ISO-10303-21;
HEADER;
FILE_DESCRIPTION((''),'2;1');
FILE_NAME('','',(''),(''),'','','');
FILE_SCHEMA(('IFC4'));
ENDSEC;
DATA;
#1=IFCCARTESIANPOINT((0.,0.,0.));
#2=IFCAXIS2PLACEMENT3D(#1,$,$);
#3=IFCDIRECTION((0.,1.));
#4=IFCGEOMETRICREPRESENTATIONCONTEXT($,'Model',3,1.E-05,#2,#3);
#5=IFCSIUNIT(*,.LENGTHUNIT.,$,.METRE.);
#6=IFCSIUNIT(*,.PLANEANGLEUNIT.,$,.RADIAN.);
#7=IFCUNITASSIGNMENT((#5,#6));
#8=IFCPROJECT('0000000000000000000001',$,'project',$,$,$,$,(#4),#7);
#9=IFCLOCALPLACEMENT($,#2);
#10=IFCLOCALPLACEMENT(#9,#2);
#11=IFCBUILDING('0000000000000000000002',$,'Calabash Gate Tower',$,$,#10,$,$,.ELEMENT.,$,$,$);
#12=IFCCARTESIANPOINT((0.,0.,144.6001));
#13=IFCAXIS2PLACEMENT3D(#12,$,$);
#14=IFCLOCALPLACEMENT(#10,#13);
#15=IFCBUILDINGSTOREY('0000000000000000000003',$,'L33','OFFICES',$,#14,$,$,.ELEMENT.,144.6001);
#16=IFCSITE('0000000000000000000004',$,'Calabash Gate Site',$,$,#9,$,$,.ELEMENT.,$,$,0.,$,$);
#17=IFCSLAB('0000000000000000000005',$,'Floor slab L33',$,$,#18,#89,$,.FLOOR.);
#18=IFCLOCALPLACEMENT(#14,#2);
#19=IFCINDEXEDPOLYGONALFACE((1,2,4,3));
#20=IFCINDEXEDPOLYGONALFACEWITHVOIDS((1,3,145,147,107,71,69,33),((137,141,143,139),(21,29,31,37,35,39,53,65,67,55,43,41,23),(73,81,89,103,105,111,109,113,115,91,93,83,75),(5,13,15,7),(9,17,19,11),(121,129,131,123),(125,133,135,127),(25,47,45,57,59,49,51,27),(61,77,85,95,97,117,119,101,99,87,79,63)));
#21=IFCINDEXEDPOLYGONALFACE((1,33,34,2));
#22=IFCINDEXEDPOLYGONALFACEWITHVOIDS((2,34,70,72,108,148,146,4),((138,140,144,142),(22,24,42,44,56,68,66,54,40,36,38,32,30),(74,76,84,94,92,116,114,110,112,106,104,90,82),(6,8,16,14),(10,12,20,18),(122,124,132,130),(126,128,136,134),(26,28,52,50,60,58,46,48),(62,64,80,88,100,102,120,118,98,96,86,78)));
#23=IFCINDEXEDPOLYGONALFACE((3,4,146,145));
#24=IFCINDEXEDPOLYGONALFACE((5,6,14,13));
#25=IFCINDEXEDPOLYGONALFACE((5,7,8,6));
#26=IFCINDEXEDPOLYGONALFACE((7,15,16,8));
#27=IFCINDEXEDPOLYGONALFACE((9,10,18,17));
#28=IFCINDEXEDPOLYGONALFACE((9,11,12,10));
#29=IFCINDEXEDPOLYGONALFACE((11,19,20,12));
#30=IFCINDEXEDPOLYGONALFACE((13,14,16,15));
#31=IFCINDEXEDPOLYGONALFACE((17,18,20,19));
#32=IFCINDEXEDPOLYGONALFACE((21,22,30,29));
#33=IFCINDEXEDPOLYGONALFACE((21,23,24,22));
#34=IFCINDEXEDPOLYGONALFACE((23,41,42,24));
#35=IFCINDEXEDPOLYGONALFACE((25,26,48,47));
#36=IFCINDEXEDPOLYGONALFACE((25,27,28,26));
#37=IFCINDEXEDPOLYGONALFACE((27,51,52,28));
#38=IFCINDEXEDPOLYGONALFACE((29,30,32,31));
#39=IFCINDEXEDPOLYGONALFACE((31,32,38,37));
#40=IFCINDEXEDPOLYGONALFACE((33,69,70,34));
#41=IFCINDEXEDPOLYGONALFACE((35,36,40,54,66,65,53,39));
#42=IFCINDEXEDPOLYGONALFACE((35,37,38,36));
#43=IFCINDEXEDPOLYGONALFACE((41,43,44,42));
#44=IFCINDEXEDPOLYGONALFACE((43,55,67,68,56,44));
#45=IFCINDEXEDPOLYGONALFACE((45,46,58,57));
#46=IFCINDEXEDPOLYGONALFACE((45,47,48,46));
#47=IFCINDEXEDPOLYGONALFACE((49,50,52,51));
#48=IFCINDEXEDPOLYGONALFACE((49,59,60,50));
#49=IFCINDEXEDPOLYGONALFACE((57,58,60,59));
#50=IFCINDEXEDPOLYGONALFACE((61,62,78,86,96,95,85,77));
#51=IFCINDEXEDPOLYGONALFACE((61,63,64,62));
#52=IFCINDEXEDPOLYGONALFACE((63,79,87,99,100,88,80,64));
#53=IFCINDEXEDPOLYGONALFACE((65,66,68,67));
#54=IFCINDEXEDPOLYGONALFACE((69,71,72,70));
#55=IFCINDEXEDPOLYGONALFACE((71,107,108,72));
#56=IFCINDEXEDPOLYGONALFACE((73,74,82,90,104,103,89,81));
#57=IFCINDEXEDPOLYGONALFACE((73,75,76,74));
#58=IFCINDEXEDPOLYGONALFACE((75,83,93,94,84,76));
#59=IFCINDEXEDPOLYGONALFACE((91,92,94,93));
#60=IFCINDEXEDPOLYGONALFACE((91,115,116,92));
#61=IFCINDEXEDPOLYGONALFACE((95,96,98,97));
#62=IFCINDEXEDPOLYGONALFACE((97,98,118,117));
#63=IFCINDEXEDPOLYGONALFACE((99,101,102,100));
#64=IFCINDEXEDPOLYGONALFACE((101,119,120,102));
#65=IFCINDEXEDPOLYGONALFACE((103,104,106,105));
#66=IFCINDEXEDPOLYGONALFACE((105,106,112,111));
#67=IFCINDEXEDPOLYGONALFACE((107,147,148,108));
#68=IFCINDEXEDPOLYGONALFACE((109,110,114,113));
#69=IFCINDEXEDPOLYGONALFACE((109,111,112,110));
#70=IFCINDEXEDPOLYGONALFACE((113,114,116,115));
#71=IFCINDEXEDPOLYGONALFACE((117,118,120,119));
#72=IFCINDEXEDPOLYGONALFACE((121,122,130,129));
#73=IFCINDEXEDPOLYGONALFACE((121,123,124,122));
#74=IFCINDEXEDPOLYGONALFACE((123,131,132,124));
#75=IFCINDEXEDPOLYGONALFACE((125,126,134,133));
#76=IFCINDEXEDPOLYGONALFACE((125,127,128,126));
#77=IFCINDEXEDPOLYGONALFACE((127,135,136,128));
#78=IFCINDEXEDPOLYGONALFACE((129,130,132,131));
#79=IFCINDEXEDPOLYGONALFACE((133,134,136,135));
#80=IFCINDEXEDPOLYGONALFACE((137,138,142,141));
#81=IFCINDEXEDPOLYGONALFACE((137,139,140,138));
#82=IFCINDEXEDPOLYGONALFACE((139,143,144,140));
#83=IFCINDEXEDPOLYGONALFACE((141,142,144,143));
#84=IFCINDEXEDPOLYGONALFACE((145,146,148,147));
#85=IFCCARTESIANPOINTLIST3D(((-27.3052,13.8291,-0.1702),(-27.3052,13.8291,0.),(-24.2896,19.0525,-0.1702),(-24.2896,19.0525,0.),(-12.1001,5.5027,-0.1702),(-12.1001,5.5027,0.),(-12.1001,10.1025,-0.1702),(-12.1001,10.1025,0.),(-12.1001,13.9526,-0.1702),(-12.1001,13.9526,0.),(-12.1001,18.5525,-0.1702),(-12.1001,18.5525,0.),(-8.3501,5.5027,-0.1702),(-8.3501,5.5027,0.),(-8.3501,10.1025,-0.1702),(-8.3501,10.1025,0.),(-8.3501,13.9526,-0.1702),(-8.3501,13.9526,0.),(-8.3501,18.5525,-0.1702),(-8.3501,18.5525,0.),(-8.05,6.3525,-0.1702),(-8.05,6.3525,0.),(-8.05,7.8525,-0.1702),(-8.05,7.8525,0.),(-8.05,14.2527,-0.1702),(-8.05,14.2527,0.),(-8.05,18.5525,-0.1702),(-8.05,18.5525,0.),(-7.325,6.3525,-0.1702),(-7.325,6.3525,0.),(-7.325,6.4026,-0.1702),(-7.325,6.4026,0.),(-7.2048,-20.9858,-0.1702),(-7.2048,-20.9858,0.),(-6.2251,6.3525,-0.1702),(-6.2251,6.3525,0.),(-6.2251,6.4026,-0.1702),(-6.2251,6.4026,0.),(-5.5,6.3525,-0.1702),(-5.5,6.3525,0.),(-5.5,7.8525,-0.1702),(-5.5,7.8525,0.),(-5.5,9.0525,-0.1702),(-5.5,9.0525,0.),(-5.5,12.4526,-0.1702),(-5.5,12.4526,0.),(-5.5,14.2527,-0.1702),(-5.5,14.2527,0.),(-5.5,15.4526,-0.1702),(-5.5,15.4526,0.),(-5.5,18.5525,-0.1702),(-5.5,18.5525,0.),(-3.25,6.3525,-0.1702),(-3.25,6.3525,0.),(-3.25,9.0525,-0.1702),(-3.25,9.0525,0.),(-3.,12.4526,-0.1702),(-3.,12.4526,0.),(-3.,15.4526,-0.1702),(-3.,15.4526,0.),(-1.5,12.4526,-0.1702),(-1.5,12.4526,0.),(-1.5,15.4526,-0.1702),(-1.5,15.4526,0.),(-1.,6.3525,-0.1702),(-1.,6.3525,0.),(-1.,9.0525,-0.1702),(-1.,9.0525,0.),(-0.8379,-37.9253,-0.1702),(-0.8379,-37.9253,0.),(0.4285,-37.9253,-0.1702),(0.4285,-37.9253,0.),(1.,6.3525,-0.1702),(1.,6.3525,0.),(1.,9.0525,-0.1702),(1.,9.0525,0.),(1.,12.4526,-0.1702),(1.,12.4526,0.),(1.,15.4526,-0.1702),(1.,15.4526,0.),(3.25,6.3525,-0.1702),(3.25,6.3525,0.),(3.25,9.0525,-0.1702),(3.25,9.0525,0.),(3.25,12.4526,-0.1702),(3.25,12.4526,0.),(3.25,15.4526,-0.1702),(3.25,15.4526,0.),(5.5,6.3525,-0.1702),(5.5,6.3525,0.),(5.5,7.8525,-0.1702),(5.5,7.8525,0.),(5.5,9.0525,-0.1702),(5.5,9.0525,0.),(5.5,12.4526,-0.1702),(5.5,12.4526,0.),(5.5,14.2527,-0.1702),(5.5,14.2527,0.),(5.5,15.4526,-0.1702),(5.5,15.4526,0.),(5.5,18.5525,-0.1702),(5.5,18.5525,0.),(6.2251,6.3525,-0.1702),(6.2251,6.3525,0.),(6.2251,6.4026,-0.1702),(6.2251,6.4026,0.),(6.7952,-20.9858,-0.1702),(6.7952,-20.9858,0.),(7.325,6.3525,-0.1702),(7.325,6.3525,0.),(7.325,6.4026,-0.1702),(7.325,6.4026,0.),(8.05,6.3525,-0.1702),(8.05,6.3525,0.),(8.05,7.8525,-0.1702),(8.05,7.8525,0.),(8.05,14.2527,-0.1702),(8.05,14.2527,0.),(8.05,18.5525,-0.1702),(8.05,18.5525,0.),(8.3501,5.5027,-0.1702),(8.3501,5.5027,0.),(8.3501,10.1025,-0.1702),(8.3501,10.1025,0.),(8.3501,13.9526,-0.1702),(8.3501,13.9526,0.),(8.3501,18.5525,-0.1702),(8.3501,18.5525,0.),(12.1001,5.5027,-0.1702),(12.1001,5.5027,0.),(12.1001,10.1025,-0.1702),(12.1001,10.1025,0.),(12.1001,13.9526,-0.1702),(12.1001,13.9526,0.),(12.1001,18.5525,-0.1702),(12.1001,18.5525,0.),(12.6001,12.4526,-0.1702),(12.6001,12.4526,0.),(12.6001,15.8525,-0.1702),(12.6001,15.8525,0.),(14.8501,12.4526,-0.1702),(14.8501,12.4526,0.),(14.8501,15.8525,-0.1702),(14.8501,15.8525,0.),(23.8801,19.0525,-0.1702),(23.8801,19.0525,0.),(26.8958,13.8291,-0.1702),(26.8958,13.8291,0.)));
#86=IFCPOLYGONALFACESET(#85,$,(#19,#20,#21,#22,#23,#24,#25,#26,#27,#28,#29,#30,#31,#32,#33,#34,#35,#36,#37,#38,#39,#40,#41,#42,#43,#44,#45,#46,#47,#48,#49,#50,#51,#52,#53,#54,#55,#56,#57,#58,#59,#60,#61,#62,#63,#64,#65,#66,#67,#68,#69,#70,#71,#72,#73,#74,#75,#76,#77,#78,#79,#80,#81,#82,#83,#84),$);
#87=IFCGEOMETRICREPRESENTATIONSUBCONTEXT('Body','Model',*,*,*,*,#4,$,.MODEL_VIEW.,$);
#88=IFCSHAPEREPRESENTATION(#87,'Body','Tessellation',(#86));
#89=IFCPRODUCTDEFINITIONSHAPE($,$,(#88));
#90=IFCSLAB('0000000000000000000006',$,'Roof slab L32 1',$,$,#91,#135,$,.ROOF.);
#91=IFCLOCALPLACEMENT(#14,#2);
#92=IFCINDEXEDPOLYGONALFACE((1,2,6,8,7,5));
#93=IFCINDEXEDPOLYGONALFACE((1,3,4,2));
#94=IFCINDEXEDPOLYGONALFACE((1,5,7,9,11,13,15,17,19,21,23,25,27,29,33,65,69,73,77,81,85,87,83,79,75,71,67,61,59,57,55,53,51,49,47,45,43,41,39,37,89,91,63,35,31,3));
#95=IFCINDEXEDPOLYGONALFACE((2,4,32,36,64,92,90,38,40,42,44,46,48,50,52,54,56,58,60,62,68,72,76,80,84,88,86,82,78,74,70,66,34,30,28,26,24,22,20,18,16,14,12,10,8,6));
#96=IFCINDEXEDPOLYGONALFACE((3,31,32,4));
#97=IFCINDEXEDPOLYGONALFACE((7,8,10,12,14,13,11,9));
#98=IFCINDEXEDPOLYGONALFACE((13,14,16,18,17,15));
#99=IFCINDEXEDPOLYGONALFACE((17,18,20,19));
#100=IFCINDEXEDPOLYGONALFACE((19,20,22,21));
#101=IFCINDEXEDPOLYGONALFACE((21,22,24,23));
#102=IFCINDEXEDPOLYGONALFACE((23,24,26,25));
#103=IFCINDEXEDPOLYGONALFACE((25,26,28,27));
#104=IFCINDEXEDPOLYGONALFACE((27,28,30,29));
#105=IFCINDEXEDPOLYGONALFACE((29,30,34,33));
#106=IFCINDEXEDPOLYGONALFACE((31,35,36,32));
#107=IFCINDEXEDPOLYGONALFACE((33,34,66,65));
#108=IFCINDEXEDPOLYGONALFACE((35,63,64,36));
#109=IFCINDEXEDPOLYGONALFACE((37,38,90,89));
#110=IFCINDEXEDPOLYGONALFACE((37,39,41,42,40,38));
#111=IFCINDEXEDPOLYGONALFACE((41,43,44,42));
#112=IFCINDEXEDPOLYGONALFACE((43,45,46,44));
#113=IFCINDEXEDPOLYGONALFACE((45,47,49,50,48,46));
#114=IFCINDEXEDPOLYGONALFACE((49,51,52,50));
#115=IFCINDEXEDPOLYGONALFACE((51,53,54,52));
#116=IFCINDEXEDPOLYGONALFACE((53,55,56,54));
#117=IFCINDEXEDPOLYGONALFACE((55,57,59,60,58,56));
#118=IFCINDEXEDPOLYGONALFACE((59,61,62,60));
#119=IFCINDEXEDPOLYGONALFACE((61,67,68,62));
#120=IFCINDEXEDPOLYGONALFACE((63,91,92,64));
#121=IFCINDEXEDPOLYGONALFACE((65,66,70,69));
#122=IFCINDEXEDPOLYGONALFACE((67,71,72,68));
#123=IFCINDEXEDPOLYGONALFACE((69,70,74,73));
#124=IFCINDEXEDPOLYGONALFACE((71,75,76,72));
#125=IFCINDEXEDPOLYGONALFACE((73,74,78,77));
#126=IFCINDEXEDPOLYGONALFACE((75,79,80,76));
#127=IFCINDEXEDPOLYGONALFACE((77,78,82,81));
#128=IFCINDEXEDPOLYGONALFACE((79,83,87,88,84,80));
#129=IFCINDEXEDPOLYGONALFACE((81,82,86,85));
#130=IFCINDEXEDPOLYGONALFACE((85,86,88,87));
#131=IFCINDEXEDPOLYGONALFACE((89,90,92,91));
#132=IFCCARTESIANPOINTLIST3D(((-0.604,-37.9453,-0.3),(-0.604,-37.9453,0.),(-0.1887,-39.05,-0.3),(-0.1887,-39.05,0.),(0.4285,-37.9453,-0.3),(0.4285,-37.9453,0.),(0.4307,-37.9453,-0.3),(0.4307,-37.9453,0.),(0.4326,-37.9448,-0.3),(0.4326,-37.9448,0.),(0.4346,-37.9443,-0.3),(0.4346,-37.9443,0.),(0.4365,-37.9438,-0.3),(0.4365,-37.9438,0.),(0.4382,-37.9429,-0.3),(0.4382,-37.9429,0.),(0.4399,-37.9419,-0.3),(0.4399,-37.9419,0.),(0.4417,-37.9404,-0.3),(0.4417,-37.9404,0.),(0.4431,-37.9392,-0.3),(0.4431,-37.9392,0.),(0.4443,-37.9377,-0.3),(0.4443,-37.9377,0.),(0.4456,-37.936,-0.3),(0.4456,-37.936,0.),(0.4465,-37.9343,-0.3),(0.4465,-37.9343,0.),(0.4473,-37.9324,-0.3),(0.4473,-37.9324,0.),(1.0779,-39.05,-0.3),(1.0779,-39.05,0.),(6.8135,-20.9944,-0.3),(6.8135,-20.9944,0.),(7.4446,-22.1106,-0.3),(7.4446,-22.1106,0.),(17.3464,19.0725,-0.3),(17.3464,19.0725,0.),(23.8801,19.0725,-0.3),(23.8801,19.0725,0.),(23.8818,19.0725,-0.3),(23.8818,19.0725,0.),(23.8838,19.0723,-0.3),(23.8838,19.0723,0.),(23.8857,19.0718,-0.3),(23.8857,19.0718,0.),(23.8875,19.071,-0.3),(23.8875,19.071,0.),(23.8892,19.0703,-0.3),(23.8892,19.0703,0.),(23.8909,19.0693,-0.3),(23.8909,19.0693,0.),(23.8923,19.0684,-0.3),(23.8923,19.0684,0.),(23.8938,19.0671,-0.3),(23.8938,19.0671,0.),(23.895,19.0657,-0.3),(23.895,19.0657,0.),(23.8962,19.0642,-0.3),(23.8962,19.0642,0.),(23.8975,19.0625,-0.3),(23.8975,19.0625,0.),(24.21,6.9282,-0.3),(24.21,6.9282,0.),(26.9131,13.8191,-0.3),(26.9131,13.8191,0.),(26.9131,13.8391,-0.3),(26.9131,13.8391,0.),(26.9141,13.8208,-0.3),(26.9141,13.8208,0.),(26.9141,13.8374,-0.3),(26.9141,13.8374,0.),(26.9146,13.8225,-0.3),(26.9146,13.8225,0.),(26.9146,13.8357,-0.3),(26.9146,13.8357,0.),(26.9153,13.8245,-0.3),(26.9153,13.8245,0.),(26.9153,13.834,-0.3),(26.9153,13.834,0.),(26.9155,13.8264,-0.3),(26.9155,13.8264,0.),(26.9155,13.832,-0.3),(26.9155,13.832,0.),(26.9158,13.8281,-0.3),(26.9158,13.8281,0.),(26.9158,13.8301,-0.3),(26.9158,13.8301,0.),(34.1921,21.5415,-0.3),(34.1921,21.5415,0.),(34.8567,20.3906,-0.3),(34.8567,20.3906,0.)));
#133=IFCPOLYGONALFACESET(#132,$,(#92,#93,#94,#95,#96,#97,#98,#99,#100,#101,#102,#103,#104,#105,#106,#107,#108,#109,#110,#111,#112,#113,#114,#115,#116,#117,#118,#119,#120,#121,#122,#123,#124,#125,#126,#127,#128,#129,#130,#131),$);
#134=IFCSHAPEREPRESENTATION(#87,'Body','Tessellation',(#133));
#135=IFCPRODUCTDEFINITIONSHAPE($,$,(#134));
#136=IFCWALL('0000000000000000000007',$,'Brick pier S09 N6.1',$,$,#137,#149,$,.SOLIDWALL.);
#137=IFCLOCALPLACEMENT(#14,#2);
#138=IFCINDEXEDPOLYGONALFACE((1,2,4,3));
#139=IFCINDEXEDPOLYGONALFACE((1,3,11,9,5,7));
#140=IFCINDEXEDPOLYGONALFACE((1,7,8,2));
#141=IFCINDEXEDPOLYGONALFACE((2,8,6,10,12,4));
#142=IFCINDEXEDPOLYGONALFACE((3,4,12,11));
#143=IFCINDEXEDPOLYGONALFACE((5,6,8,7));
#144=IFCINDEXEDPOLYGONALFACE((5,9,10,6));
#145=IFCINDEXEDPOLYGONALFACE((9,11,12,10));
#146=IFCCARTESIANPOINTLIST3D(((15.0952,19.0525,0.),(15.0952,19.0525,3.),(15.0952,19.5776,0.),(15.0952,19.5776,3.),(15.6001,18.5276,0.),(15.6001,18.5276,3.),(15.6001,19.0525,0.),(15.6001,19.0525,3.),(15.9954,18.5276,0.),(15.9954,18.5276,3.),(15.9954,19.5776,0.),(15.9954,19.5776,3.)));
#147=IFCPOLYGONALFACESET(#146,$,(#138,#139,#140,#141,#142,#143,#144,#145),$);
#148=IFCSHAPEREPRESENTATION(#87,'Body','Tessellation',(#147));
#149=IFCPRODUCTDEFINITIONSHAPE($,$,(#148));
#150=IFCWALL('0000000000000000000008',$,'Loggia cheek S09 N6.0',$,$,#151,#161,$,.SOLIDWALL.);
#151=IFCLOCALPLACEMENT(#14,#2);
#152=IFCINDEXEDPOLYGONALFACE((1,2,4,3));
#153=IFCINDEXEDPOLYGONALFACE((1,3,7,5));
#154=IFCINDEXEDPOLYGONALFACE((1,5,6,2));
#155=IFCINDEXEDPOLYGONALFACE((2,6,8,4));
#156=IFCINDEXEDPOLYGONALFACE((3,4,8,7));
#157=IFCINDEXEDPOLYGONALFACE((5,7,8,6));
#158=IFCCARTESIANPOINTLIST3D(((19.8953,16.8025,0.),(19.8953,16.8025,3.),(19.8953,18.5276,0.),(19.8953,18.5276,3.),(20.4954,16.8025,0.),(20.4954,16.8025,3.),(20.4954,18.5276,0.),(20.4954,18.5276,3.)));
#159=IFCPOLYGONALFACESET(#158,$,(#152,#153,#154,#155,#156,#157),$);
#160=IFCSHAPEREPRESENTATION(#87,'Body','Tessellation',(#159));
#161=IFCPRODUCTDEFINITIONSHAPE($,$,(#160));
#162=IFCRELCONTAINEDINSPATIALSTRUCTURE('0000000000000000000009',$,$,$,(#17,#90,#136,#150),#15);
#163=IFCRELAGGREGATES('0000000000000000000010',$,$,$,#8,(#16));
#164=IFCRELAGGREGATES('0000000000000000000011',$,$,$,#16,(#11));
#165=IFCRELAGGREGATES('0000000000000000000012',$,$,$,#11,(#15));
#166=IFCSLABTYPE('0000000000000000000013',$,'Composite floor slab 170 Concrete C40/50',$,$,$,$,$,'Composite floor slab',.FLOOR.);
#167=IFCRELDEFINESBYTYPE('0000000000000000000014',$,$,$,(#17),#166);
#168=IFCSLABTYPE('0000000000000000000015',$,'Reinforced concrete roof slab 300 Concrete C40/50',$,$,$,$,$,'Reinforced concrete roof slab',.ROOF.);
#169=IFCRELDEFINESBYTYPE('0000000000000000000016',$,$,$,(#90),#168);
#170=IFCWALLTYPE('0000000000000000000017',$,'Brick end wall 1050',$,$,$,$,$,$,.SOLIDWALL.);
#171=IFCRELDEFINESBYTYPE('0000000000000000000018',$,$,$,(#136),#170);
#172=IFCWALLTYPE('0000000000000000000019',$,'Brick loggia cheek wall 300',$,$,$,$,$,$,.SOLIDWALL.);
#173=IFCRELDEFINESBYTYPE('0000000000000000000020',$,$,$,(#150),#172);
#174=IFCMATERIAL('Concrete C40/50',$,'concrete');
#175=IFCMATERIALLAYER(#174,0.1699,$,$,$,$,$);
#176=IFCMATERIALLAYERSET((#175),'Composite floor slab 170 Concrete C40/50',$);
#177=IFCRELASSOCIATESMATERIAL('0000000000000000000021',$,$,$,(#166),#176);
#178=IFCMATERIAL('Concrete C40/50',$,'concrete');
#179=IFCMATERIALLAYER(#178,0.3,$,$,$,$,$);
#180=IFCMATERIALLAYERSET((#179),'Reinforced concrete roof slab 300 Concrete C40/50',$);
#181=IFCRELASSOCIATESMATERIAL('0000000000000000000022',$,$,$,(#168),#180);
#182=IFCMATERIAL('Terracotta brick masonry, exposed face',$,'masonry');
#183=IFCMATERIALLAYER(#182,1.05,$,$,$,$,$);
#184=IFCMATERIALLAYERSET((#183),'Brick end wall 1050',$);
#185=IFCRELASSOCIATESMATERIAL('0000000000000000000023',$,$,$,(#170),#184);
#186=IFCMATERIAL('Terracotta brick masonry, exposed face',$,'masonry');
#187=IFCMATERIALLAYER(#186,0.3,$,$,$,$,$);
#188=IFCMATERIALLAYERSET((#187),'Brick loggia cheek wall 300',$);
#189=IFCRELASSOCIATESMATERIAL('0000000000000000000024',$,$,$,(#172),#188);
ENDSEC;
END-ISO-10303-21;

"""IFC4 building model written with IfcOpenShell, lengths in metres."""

from ifc_helpers import new_model, si_unit, direction, frame, origin, place, context, subcontext, project, spatial, polyline, outline, extrude, material, layer, layer_set, type_object, element, save


model = new_model("IFC4")

# Units and contexts
model_context = context("Model", 3, precision=1e-05, world=origin(), true_north=direction((0.0, 1.0)))
body_context = subcontext(model_context, "Body", "Model", "MODEL_VIEW")
ifc_project = project(units=[si_unit("LENGTHUNIT", "METRE"), si_unit("PLANEANGLEUNIT", "RADIAN")], contexts=[model_context])

# Site, building, storey
site_placement = place(None, origin())
site = spatial("IfcSite", under=ifc_project, at=site_placement, Name="Calabash Gate Site", CompositionType="ELEMENT", RefElevation=0.0)
building_placement = place(site_placement, origin())
building = spatial("IfcBuilding", under=site, at=building_placement, Name="Calabash Gate Tower", CompositionType="ELEMENT")
storey_placement = place(building_placement, frame((0.0, 0.0, 144.6001)))
storey = spatial("IfcBuildingStorey", under=building, at=storey_placement, Name="L33", Description="OFFICES", CompositionType="ELEMENT", Elevation=144.6001)

# Slabs
ifc_material_1 = material(Name="Concrete C40/50", Category="concrete")
ifc_layer_1 = layer(ifc_material_1, 0.1699)
ifc_layer_set_1 = layer_set([ifc_layer_1], Name="Composite floor slab 170 Concrete C40/50")
slab_type_1 = type_object("IfcSlabType", Name="Composite floor slab 170 Concrete C40/50", ElementType="Composite floor slab", PredefinedType="FLOOR", material=ifc_layer_set_1)
slab_1_placement = place(storey_placement, frame((0.0, 0.0, -0.1702)))
element("IfcSlab", 1, at=slab_1_placement, inside=storey, type_object=slab_type_1, Name="Floor slab L33", PredefinedType="FLOOR", context=body_context, shape_type="SweptSolid", body=[
    extrude(outline(polyline([(-24.2896, 19.0525), (23.8801, 19.0525), (26.8958, 13.8291), (6.7952, -20.9858), (0.4285, -37.9253), (-0.8379, -37.9253), (-7.2048, -20.9858), (-27.3052, 13.8291), (-24.2896, 19.0525)]), holes=[polyline([(-3.25, 9.0525), (-5.5, 9.0525), (-5.5, 7.8525), (-8.05, 7.8525), (-8.05, 6.3525), (-7.325, 6.3525), (-7.325, 6.4026), (-6.2251, 6.4026), (-6.2251, 6.3525), (-5.5, 6.3525), (-3.25, 6.3525), (-1.0, 6.3525), (-1.0, 9.0525), (-3.25, 9.0525)]), polyline([(5.5, 6.3525), (6.2251, 6.3525), (6.2251, 6.4026), (7.325, 6.4026), (7.325, 6.3525), (8.05, 6.3525), (8.05, 7.8525), (5.5, 7.8525), (5.5, 9.0525), (3.25, 9.0525), (1.0, 9.0525), (1.0, 6.3525), (3.25, 6.3525), (5.5, 6.3525)]), polyline([(-5.5, 12.4526), (-3.0, 12.4526), (-3.0, 15.4526), (-5.5, 15.4526), (-5.5, 18.5525), (-8.05, 18.5525), (-8.05, 14.2527), (-5.5, 14.2527), (-5.5, 12.4526)]), polyline([(-1.5, 15.4526), (-1.5, 12.4526), (1.0, 12.4526), (3.25, 12.4526), (5.5, 12.4526), (5.5, 14.2527), (8.05, 14.2527), (8.05, 18.5525), (5.5, 18.5525), (5.5, 15.4526), (3.25, 15.4526), (1.0, 15.4526), (-1.5, 15.4526)]), polyline([(14.8501, 15.8525), (12.6001, 15.8525), (12.6001, 12.4526), (14.8501, 12.4526), (14.8501, 15.8525)]), polyline([(-8.3501, 18.5525), (-12.1001, 18.5525), (-12.1001, 13.9526), (-8.3501, 13.9526), (-8.3501, 18.5525)]), polyline([(-12.1001, 10.1025), (-12.1001, 5.5027), (-8.3501, 5.5027), (-8.3501, 10.1025), (-12.1001, 10.1025)]), polyline([(8.3501, 13.9526), (12.1001, 13.9526), (12.1001, 18.5525), (8.3501, 18.5525), (8.3501, 13.9526)]), polyline([(12.1001, 5.5027), (12.1001, 10.1025), (8.3501, 10.1025), (8.3501, 5.5027), (12.1001, 5.5027)])]), origin(), (0.0, 0.0, 1.0), 0.1702),
])
ifc_material_2 = material(Name="Concrete C40/50", Category="concrete")
ifc_layer_2 = layer(ifc_material_2, 0.3)
ifc_layer_set_2 = layer_set([ifc_layer_2], Name="Reinforced concrete roof slab 300 Concrete C40/50")
slab_type_2 = type_object("IfcSlabType", Name="Reinforced concrete roof slab 300 Concrete C40/50", ElementType="Reinforced concrete roof slab", PredefinedType="ROOF", material=ifc_layer_set_2)
slab_2_placement = place(storey_placement, frame((0.0, 0.0, -0.3)))
element("IfcSlab", 2, at=slab_2_placement, inside=storey, type_object=slab_type_2, Name="Roof slab L32 1", PredefinedType="ROOF", context=body_context, shape_type="SweptSolid", body=[
    extrude(outline(polyline([(34.1921, 21.5415), (34.8567, 20.3906), (24.21, 6.9282), (7.4446, -22.1106), (1.0779, -39.05), (-0.1887, -39.05), (-0.604, -37.9453), (0.4285, -37.9453), (0.4307, -37.9453), (0.4326, -37.9448), (0.4346, -37.9443), (0.4365, -37.9438), (0.4382, -37.9429), (0.4399, -37.9419), (0.4417, -37.9404), (0.4431, -37.9392), (0.4443, -37.9377), (0.4456, -37.936), (0.4465, -37.9343), (0.4473, -37.9324), (6.8135, -20.9944), (26.9131, 13.8191), (26.9141, 13.8208), (26.9146, 13.8225), (26.9153, 13.8245), (26.9155, 13.8264), (26.9158, 13.8281), (26.9158, 13.8301), (26.9155, 13.832), (26.9153, 13.834), (26.9146, 13.8357), (26.9141, 13.8374), (26.9131, 13.8391), (23.8975, 19.0625), (23.8962, 19.0642), (23.895, 19.0657), (23.8938, 19.0671), (23.8923, 19.0684), (23.8909, 19.0693), (23.8892, 19.0703), (23.8875, 19.071), (23.8857, 19.0718), (23.8838, 19.0723), (23.8818, 19.0725), (23.8801, 19.0725), (17.3464, 19.0725), (34.1921, 21.5415)])), origin(), (0.0, 0.0, 1.0), 0.3),
])

# Walls
ifc_material_3 = material(Name="Terracotta brick masonry, exposed face", Category="masonry")
ifc_layer_3 = layer(ifc_material_3, 1.05)
ifc_layer_set_3 = layer_set([ifc_layer_3], Name="Brick end wall 1050")
wall_type_1 = type_object("IfcWallType", Name="Brick end wall 1050", PredefinedType="SOLIDWALL", material=ifc_layer_set_3)
wall_1_placement = place(storey_placement, origin())
element("IfcWall", 3, at=wall_1_placement, inside=storey, type_object=wall_type_1, Name="Brick pier S09 N6.1", PredefinedType="SOLIDWALL", context=body_context, shape_type="SweptSolid", body=[
    extrude(outline(polyline([(15.9954, 18.5276), (15.9954, 19.5776), (15.0952, 19.5776), (15.0952, 19.0525), (15.6001, 19.0525), (15.6001, 18.5276), (15.9954, 18.5276)])), origin(), (0.0, 0.0, 1.0), 3.0),
])
ifc_material_4 = material(Name="Terracotta brick masonry, exposed face", Category="masonry")
ifc_layer_4 = layer(ifc_material_4, 0.3)
ifc_layer_set_4 = layer_set([ifc_layer_4], Name="Brick loggia cheek wall 300")
wall_type_2 = type_object("IfcWallType", Name="Brick loggia cheek wall 300", PredefinedType="SOLIDWALL", material=ifc_layer_set_4)
wall_2_placement = place(storey_placement, origin())
element("IfcWall", 4, at=wall_2_placement, inside=storey, type_object=wall_type_2, Name="Loggia cheek S09 N6.0", PredefinedType="SOLIDWALL", context=body_context, shape_type="SweptSolid", body=[
    extrude(outline(polyline([(20.4954, 16.8025), (20.4954, 18.5276), (19.8953, 18.5276), (19.8953, 16.8025), (20.4954, 16.8025)])), origin(), (0.0, 0.0, 1.0), 3.0),
])

save(model, "model.ifc")
